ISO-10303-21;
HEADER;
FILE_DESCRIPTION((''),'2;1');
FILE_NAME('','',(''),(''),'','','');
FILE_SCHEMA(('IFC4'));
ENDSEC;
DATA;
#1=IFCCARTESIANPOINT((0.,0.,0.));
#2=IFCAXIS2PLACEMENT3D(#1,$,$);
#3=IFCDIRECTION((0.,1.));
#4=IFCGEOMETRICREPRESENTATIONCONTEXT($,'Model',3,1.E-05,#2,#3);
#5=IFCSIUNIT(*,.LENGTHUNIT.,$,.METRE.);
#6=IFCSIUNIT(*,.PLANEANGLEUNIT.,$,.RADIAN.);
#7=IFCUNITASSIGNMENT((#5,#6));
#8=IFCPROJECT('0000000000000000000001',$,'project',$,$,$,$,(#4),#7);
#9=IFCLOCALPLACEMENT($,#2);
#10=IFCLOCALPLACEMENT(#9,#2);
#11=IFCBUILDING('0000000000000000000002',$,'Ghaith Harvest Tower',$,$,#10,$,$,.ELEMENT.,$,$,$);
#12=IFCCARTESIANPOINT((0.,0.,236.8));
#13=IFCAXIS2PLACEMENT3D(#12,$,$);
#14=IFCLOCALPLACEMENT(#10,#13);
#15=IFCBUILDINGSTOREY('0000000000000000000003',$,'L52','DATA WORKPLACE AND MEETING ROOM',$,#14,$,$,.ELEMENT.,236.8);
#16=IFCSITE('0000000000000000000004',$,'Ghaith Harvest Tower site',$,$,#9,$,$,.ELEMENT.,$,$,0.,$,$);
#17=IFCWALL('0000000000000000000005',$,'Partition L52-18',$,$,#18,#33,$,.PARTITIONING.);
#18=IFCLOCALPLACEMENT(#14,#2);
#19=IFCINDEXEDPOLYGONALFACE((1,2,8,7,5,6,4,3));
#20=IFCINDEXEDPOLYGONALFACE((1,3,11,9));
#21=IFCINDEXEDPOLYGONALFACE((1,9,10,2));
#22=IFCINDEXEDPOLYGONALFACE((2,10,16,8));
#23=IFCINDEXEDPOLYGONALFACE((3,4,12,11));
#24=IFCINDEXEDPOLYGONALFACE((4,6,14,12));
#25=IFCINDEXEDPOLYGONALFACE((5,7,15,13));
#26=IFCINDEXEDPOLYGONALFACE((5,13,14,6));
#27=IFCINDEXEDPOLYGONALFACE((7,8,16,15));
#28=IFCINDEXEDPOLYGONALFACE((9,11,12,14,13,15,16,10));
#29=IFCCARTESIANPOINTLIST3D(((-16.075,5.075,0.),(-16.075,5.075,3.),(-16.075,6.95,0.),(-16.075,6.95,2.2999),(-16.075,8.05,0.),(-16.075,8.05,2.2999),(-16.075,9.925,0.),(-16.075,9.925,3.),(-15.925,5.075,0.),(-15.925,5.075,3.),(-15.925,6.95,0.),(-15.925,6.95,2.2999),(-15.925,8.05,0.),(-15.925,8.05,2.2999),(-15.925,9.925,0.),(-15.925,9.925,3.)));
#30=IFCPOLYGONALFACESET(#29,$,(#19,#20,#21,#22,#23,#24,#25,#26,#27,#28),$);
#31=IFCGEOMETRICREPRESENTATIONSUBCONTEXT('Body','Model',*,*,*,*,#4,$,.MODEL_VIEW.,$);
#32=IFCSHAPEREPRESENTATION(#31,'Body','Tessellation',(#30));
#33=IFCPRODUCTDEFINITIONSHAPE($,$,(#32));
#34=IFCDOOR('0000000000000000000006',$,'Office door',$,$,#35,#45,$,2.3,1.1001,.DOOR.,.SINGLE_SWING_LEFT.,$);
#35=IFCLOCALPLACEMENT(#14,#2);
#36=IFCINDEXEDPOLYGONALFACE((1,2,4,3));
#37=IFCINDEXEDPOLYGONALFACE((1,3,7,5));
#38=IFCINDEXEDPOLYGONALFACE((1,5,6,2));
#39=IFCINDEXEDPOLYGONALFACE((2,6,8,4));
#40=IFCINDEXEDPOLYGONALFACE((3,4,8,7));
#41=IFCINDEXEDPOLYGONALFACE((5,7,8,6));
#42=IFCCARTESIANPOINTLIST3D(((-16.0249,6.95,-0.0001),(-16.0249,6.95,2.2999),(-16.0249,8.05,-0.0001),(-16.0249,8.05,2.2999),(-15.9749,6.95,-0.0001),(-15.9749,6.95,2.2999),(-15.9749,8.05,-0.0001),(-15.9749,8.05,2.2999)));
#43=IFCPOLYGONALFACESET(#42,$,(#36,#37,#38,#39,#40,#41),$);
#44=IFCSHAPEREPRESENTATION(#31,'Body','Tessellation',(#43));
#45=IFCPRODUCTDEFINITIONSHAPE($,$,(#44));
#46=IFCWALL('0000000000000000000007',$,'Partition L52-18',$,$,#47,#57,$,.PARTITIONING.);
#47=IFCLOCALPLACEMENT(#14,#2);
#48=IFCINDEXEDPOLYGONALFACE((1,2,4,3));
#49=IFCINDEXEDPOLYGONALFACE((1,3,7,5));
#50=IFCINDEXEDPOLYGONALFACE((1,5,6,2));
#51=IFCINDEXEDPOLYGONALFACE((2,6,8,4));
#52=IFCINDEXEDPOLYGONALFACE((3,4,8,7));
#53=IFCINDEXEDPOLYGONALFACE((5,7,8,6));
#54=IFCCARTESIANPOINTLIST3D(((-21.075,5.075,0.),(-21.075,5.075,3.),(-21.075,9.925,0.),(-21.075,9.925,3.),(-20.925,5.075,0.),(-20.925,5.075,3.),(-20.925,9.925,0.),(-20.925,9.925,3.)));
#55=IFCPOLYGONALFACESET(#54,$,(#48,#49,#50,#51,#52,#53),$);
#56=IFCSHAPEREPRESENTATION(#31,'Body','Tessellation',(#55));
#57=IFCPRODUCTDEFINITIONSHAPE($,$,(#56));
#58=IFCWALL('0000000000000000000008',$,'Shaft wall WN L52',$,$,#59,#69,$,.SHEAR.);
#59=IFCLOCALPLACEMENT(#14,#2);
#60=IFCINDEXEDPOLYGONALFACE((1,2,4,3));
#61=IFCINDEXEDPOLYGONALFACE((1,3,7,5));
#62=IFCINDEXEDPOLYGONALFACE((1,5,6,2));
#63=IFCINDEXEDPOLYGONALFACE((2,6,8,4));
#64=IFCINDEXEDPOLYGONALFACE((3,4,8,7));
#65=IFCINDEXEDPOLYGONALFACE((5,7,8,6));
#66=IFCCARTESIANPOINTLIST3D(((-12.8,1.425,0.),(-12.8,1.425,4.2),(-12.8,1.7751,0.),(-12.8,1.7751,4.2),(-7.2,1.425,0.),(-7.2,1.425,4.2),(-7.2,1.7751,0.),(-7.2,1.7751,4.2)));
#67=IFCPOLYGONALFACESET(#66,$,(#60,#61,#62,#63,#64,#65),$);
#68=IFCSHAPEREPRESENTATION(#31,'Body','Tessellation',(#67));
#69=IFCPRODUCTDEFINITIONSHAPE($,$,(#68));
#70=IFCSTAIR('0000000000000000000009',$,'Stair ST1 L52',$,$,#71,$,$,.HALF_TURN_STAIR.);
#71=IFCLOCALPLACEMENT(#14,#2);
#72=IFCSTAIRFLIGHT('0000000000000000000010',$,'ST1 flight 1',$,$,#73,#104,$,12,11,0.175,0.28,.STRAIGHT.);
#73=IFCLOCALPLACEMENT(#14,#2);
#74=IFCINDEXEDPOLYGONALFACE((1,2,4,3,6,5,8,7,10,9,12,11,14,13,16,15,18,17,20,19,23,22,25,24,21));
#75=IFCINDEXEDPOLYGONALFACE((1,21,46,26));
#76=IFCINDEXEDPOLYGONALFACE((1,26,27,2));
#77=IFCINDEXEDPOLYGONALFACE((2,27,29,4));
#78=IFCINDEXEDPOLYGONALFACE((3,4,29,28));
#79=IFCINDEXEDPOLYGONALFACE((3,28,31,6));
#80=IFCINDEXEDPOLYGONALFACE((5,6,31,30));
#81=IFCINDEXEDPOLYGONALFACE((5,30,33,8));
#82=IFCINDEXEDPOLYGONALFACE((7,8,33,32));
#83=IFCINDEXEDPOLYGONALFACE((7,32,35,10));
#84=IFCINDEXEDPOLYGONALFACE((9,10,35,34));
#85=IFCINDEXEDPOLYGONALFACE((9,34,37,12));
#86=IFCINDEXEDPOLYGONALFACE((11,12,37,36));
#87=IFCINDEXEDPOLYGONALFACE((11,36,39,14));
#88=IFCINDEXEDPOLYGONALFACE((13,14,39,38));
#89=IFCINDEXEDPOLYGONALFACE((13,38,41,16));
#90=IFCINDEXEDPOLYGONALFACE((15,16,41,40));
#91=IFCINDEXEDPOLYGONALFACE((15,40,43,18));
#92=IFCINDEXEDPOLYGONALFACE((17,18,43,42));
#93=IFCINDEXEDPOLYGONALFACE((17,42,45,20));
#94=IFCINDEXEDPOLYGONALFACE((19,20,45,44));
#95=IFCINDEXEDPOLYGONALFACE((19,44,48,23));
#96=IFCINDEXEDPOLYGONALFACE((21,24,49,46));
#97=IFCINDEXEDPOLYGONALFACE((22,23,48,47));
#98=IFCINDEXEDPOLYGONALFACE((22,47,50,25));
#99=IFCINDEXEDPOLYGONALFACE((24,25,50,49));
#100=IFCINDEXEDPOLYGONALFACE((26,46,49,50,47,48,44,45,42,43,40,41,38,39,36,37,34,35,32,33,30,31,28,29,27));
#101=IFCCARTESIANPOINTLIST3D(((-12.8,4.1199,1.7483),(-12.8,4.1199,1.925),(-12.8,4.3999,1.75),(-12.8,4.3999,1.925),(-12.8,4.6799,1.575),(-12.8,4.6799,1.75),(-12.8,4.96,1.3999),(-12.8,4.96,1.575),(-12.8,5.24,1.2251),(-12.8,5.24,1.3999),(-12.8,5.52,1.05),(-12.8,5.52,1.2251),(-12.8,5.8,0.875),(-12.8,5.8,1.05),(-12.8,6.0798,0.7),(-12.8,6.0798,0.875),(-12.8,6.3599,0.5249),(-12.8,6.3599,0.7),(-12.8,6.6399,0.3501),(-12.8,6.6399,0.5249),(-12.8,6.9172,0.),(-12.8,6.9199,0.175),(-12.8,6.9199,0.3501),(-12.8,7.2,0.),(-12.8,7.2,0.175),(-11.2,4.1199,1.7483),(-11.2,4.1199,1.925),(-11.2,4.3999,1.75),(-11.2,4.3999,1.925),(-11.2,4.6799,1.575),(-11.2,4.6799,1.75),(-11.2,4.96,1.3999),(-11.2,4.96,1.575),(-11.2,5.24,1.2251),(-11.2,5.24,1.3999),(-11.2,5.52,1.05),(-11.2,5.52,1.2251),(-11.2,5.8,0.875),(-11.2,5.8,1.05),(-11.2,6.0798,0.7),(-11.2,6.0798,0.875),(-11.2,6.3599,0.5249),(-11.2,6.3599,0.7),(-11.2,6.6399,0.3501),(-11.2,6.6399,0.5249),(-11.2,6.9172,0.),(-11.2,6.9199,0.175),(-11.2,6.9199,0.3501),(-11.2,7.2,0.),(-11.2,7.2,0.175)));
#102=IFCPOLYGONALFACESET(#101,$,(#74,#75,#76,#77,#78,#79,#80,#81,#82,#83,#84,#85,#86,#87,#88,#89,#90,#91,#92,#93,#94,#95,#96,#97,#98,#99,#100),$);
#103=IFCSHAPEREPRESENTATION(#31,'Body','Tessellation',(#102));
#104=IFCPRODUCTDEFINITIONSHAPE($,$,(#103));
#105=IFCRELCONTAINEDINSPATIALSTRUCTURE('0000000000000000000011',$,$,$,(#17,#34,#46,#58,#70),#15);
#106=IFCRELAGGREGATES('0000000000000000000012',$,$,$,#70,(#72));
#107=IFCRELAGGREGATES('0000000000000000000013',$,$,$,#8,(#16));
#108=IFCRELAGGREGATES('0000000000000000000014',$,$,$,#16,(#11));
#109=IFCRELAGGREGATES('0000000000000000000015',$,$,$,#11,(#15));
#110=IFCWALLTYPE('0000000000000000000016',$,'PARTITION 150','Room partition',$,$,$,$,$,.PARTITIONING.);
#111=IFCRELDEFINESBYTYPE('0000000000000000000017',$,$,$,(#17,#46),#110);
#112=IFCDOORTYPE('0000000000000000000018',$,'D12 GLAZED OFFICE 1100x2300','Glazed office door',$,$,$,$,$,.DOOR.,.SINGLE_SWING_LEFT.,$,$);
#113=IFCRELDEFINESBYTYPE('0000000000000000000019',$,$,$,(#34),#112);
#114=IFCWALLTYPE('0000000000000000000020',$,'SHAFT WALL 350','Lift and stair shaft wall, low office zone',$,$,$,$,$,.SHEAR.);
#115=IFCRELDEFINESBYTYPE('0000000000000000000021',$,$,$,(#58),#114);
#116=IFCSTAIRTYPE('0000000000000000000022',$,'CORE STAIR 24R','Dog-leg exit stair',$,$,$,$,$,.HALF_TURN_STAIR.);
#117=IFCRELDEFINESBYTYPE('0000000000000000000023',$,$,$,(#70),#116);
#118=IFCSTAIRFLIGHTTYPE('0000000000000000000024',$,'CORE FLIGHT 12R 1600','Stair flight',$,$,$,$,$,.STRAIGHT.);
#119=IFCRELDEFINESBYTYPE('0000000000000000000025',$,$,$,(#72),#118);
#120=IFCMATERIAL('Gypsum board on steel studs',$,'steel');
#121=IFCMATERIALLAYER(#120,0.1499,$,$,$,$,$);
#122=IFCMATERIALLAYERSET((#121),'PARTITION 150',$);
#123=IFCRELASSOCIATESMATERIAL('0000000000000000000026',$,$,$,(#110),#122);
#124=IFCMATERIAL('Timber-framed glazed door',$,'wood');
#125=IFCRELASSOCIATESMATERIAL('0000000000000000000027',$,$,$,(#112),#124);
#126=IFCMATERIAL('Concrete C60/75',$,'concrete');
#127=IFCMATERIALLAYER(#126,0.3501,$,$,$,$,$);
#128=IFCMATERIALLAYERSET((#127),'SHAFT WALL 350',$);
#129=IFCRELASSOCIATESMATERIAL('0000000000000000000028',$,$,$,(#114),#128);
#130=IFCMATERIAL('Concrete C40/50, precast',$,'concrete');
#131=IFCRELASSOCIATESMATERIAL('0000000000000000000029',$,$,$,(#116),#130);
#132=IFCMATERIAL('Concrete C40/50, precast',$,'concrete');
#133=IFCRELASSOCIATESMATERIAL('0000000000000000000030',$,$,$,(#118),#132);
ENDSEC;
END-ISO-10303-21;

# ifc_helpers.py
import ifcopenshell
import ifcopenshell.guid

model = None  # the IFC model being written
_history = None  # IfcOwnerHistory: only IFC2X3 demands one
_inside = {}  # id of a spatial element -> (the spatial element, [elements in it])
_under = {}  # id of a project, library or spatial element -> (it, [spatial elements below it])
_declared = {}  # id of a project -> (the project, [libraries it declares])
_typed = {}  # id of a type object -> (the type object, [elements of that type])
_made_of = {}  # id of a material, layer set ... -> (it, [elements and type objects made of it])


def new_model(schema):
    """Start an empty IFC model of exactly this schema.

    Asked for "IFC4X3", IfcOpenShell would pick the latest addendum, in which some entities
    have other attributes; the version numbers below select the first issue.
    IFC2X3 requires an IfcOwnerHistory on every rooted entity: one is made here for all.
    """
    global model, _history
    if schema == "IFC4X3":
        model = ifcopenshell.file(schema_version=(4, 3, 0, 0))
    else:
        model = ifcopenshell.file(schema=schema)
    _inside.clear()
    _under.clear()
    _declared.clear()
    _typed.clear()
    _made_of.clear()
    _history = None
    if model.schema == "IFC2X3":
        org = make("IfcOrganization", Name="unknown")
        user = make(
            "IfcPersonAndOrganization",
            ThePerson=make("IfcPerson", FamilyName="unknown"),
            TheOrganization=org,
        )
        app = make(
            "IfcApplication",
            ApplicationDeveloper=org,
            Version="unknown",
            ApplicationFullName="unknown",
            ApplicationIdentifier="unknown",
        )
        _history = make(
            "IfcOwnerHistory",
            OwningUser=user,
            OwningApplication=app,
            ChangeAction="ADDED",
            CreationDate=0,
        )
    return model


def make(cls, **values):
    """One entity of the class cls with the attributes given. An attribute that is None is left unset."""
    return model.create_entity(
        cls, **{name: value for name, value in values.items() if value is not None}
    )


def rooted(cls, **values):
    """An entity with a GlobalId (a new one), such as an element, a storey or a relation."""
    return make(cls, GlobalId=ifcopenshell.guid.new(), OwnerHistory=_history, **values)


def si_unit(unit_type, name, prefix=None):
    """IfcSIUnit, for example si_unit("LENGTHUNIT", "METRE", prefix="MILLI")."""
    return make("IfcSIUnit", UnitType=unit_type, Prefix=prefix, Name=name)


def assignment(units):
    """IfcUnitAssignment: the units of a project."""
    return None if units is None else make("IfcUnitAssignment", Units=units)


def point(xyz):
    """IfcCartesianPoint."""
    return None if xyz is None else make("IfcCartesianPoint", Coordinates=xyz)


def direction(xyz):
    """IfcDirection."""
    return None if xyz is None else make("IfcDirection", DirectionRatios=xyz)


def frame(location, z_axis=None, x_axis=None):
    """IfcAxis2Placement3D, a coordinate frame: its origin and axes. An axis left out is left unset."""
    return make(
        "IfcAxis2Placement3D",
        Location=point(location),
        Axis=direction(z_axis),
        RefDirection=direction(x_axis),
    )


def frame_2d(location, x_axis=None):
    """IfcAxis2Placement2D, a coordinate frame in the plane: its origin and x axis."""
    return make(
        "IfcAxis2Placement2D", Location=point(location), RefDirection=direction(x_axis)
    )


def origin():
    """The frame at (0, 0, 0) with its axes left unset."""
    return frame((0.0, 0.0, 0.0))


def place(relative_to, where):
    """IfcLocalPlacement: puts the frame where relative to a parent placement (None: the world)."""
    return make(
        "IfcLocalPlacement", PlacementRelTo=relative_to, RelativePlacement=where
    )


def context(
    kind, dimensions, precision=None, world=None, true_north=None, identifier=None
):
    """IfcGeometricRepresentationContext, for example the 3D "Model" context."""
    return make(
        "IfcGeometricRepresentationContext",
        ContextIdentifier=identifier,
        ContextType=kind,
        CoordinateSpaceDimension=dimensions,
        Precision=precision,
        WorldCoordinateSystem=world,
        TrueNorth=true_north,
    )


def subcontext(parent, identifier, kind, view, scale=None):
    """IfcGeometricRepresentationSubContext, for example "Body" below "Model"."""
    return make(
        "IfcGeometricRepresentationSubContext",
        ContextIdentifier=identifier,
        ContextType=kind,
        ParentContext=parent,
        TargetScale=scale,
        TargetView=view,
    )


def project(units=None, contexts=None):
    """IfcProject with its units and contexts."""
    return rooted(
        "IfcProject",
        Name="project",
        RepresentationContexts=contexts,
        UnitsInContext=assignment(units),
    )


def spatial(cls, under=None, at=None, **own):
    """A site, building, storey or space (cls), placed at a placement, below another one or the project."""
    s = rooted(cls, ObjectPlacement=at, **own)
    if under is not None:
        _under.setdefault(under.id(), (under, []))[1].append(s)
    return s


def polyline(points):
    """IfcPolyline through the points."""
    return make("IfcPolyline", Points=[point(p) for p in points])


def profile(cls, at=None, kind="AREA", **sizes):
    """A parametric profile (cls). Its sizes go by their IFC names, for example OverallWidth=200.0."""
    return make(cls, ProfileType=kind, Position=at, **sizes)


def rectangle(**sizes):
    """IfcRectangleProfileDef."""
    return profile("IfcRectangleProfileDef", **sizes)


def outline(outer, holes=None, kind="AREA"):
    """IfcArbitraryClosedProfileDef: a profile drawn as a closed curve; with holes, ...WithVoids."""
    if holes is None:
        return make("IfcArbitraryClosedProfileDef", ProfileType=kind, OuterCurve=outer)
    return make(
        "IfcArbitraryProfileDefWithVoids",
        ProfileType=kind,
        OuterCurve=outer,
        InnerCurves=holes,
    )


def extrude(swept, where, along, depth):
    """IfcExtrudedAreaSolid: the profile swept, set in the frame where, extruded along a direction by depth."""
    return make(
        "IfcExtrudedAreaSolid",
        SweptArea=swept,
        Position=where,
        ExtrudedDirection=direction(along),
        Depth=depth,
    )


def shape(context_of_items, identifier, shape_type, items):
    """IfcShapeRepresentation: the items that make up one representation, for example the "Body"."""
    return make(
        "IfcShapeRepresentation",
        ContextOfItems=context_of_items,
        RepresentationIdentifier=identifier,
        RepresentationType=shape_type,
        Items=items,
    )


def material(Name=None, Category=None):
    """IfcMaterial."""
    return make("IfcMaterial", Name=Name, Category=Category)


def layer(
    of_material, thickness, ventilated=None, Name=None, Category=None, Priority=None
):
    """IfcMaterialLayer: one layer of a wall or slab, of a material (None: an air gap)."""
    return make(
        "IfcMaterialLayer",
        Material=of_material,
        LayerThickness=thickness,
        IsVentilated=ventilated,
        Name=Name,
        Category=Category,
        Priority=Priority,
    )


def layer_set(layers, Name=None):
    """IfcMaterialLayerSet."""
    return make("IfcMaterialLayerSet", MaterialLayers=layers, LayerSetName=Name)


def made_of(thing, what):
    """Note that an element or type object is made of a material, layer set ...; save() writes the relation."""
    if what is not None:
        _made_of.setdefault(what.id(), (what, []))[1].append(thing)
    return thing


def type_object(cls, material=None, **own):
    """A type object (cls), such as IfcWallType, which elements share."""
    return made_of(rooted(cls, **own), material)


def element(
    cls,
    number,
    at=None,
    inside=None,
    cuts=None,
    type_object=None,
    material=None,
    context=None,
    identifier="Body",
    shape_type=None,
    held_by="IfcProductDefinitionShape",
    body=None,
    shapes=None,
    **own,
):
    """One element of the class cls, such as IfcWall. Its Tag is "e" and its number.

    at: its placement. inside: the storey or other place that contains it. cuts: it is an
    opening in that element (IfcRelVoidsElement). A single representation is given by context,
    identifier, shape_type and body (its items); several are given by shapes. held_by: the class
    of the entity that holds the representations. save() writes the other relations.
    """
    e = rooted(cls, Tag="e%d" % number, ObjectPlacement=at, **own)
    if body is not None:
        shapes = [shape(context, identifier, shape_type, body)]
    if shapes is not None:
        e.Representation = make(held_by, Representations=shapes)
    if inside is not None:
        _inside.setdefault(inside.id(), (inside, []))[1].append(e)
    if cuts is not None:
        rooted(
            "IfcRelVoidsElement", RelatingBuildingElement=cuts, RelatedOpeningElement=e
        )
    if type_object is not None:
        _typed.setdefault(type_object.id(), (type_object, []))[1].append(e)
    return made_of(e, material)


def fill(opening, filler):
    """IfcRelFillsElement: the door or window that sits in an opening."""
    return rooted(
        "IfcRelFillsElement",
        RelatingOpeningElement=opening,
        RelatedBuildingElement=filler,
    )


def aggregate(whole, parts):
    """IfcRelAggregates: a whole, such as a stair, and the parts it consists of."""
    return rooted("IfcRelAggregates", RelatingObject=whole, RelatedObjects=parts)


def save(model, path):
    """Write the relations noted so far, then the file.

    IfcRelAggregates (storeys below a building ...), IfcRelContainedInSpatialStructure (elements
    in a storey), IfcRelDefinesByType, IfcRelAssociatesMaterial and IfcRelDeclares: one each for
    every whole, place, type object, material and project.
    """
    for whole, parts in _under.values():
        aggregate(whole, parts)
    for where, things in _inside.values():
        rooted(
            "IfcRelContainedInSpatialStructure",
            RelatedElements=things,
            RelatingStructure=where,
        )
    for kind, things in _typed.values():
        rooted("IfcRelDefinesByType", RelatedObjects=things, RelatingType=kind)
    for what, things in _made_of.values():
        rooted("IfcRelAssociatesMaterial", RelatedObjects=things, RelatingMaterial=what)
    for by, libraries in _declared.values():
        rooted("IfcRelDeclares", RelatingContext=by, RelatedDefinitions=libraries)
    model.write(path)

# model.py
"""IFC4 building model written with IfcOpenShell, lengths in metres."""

from ifc_helpers import new_model, si_unit, direction, frame, frame_2d, origin, place, context, subcontext, project, spatial, polyline, rectangle, outline, extrude, material, layer, layer_set, type_object, element, fill, aggregate, save


model = new_model("IFC4")

# Units and contexts
model_context = context("Model", 3, precision=1e-05, world=origin(), true_north=direction((0.0, 1.0)))
body_context = subcontext(model_context, "Body", "Model", "MODEL_VIEW")
ifc_project = project(units=[si_unit("LENGTHUNIT", "METRE"), si_unit("PLANEANGLEUNIT", "RADIAN")], contexts=[model_context])

# Site, building, storey
site_placement = place(None, origin())
site = spatial("IfcSite", under=ifc_project, at=site_placement, Name="Ghaith Harvest Tower site", CompositionType="ELEMENT", RefElevation=0.0)
building_placement = place(site_placement, origin())
building = spatial("IfcBuilding", under=site, at=building_placement, Name="Ghaith Harvest Tower", CompositionType="ELEMENT")
storey_placement = place(building_placement, frame((0.0, 0.0, 236.8)))
storey = spatial("IfcBuildingStorey", under=building, at=storey_placement, Name="L52", Description="DATA WORKPLACE AND MEETING ROOM", CompositionType="ELEMENT", Elevation=236.8)

# Shared definitions
ifc_material_1 = material(Name="Gypsum board on steel studs", Category="steel")
ifc_layer_1 = layer(ifc_material_1, 0.1499)
ifc_layer_set_1 = layer_set([ifc_layer_1], Name="PARTITION 150")
wall_type_1 = type_object("IfcWallType", Name="PARTITION 150", Description="Room partition", PredefinedType="PARTITIONING", material=ifc_layer_set_1)

# Wall, opening, door
wall_1_placement = place(storey_placement, frame((-16.0, 5.075, 0.0), z_axis=(0.0, 0.0, 1.0), x_axis=(0.0, 1.0, 0.0)))
wall_1 = element("IfcWall", 1, at=wall_1_placement, inside=storey, type_object=wall_type_1, Name="Partition L52-18", PredefinedType="PARTITIONING", context=body_context, shape_type="SweptSolid", body=[
    extrude(rectangle(XDim=4.8501, YDim=0.1499, at=frame_2d((2.425, 0.0))), origin(), (0.0, 0.0, 1.0), 3.0),
])
opening_1_placement = place(wall_1_placement, frame((1.875, 0.0, 0.0)))
opening_1 = element("IfcOpeningElement", 2, at=opening_1_placement, cuts=wall_1, PredefinedType="OPENING", context=body_context, shape_type="SweptSolid", body=[
    extrude(rectangle(XDim=1.1001, YDim=2.3, at=frame_2d((0.55, 1.1499))), frame((0.0, 0.085, 0.0), z_axis=(0.0, -1.0, 0.0), x_axis=(1.0, 0.0, 0.0)), (0.0, 0.0, 1.0), 0.1699),
])
ifc_material_2 = material(Name="Timber-framed glazed door", Category="wood")
door_type_1 = type_object("IfcDoorType", Name="D12 GLAZED OFFICE 1100x2300", Description="Glazed office door", OperationType="SINGLE_SWING_LEFT", PredefinedType="DOOR", material=ifc_material_2)
door_1_placement = place(opening_1_placement, origin())
door_1 = element("IfcDoor", 3, at=door_1_placement, inside=storey, type_object=door_type_1, Name="Office door", OperationType="SINGLE_SWING_LEFT", OverallHeight=2.3, OverallWidth=1.1001, PredefinedType="DOOR", context=body_context, shape_type="SweptSolid", body=[
    extrude(rectangle(XDim=1.1001, YDim=2.3, at=frame_2d((0.55, 1.1499))), frame((0.0, 0.0249, 0.0), z_axis=(0.0, -1.0, 0.0), x_axis=(1.0, 0.0, 0.0)), (0.0, 0.0, 1.0), 0.05),
])
fill(opening_1, door_1)

# Walls
wall_2_placement = place(storey_placement, frame((-21.0, 5.075, 0.0), z_axis=(0.0, 0.0, 1.0), x_axis=(0.0, 1.0, 0.0)))
element("IfcWall", 4, at=wall_2_placement, inside=storey, type_object=wall_type_1, Name="Partition L52-18", PredefinedType="PARTITIONING", context=body_context, shape_type="SweptSolid", body=[
    extrude(rectangle(XDim=4.8501, YDim=0.1499, at=frame_2d((2.425, 0.0))), origin(), (0.0, 0.0, 1.0), 3.0),
])
ifc_material_3 = material(Name="Concrete C60/75", Category="concrete")
ifc_layer_2 = layer(ifc_material_3, 0.3501)
ifc_layer_set_2 = layer_set([ifc_layer_2], Name="SHAFT WALL 350")
wall_type_2 = type_object("IfcWallType", Name="SHAFT WALL 350", Description="Lift and stair shaft wall, low office zone", PredefinedType="SHEAR", material=ifc_layer_set_2)
wall_3_placement = place(storey_placement, frame((-12.8, 1.6001, 0.0), z_axis=(0.0, 0.0, 1.0), x_axis=(1.0, 0.0, 0.0)))
element("IfcWall", 5, at=wall_3_placement, inside=storey, type_object=wall_type_2, Name="Shaft wall WN L52", PredefinedType="SHEAR", context=body_context, shape_type="SweptSolid", body=[
    extrude(rectangle(XDim=5.6001, YDim=0.3501, at=frame_2d((2.8, 0.0))), origin(), (0.0, 0.0, 1.0), 4.2),
])

# Stair, stair flight
ifc_material_4 = material(Name="Concrete C40/50, precast", Category="concrete")
stair_type = type_object("IfcStairType", Name="CORE STAIR 24R", Description="Dog-leg exit stair", PredefinedType="HALF_TURN_STAIR", material=ifc_material_4)
stair_placement = place(storey_placement, origin())
stair = element("IfcStair", 6, at=stair_placement, inside=storey, type_object=stair_type, Name="Stair ST1 L52", PredefinedType="HALF_TURN_STAIR")
ifc_material_5 = material(Name="Concrete C40/50, precast", Category="concrete")
stair_flight_type = type_object("IfcStairFlightType", Name="CORE FLIGHT 12R 1600", Description="Stair flight", PredefinedType="STRAIGHT", material=ifc_material_5)
stair_flight_placement = place(storey_placement, frame((-12.0, 7.2, 0.0), z_axis=(0.0, 0.0, 1.0), x_axis=(0.0, -1.0, 0.0)))
stair_flight = element("IfcStairFlight", 7, at=stair_flight_placement, type_object=stair_flight_type, Name="ST1 flight 1", NumberOfRisers=12, NumberOfTreads=11, PredefinedType="STRAIGHT", RiserHeight=0.175, TreadLength=0.28, context=body_context, shape_type="SweptSolid", body=[
    extrude(outline(polyline([(0.0, 0.0), (0.0, 0.175), (0.28, 0.175), (0.28, 0.3501), (0.5601, 0.3501), (0.5601, 0.5249), (0.8401, 0.5249), (0.8401, 0.7), (1.1201, 0.7), (1.1201, 0.875), (1.3999, 0.875), (1.3999, 1.05), (1.6799, 1.05), (1.6799, 1.2251), (1.96, 1.2251), (1.96, 1.3999), (2.24, 1.3999), (2.24, 1.575), (2.52, 1.575), (2.52, 1.75), (2.8, 1.75), (2.8, 1.925), (3.0801, 1.925), (3.0801, 2.1001), (3.0801, 1.7483), (0.2827, 0.0), (0.0, 0.0)])), frame((0.0, 0.8, 0.0), z_axis=(0.0, -1.0, 0.0), x_axis=(1.0, 0.0, 0.0)), (0.0, 0.0, 1.0), 1.6001),
])
aggregate(stair, [stair_flight])

save(model, "model.ifc")
